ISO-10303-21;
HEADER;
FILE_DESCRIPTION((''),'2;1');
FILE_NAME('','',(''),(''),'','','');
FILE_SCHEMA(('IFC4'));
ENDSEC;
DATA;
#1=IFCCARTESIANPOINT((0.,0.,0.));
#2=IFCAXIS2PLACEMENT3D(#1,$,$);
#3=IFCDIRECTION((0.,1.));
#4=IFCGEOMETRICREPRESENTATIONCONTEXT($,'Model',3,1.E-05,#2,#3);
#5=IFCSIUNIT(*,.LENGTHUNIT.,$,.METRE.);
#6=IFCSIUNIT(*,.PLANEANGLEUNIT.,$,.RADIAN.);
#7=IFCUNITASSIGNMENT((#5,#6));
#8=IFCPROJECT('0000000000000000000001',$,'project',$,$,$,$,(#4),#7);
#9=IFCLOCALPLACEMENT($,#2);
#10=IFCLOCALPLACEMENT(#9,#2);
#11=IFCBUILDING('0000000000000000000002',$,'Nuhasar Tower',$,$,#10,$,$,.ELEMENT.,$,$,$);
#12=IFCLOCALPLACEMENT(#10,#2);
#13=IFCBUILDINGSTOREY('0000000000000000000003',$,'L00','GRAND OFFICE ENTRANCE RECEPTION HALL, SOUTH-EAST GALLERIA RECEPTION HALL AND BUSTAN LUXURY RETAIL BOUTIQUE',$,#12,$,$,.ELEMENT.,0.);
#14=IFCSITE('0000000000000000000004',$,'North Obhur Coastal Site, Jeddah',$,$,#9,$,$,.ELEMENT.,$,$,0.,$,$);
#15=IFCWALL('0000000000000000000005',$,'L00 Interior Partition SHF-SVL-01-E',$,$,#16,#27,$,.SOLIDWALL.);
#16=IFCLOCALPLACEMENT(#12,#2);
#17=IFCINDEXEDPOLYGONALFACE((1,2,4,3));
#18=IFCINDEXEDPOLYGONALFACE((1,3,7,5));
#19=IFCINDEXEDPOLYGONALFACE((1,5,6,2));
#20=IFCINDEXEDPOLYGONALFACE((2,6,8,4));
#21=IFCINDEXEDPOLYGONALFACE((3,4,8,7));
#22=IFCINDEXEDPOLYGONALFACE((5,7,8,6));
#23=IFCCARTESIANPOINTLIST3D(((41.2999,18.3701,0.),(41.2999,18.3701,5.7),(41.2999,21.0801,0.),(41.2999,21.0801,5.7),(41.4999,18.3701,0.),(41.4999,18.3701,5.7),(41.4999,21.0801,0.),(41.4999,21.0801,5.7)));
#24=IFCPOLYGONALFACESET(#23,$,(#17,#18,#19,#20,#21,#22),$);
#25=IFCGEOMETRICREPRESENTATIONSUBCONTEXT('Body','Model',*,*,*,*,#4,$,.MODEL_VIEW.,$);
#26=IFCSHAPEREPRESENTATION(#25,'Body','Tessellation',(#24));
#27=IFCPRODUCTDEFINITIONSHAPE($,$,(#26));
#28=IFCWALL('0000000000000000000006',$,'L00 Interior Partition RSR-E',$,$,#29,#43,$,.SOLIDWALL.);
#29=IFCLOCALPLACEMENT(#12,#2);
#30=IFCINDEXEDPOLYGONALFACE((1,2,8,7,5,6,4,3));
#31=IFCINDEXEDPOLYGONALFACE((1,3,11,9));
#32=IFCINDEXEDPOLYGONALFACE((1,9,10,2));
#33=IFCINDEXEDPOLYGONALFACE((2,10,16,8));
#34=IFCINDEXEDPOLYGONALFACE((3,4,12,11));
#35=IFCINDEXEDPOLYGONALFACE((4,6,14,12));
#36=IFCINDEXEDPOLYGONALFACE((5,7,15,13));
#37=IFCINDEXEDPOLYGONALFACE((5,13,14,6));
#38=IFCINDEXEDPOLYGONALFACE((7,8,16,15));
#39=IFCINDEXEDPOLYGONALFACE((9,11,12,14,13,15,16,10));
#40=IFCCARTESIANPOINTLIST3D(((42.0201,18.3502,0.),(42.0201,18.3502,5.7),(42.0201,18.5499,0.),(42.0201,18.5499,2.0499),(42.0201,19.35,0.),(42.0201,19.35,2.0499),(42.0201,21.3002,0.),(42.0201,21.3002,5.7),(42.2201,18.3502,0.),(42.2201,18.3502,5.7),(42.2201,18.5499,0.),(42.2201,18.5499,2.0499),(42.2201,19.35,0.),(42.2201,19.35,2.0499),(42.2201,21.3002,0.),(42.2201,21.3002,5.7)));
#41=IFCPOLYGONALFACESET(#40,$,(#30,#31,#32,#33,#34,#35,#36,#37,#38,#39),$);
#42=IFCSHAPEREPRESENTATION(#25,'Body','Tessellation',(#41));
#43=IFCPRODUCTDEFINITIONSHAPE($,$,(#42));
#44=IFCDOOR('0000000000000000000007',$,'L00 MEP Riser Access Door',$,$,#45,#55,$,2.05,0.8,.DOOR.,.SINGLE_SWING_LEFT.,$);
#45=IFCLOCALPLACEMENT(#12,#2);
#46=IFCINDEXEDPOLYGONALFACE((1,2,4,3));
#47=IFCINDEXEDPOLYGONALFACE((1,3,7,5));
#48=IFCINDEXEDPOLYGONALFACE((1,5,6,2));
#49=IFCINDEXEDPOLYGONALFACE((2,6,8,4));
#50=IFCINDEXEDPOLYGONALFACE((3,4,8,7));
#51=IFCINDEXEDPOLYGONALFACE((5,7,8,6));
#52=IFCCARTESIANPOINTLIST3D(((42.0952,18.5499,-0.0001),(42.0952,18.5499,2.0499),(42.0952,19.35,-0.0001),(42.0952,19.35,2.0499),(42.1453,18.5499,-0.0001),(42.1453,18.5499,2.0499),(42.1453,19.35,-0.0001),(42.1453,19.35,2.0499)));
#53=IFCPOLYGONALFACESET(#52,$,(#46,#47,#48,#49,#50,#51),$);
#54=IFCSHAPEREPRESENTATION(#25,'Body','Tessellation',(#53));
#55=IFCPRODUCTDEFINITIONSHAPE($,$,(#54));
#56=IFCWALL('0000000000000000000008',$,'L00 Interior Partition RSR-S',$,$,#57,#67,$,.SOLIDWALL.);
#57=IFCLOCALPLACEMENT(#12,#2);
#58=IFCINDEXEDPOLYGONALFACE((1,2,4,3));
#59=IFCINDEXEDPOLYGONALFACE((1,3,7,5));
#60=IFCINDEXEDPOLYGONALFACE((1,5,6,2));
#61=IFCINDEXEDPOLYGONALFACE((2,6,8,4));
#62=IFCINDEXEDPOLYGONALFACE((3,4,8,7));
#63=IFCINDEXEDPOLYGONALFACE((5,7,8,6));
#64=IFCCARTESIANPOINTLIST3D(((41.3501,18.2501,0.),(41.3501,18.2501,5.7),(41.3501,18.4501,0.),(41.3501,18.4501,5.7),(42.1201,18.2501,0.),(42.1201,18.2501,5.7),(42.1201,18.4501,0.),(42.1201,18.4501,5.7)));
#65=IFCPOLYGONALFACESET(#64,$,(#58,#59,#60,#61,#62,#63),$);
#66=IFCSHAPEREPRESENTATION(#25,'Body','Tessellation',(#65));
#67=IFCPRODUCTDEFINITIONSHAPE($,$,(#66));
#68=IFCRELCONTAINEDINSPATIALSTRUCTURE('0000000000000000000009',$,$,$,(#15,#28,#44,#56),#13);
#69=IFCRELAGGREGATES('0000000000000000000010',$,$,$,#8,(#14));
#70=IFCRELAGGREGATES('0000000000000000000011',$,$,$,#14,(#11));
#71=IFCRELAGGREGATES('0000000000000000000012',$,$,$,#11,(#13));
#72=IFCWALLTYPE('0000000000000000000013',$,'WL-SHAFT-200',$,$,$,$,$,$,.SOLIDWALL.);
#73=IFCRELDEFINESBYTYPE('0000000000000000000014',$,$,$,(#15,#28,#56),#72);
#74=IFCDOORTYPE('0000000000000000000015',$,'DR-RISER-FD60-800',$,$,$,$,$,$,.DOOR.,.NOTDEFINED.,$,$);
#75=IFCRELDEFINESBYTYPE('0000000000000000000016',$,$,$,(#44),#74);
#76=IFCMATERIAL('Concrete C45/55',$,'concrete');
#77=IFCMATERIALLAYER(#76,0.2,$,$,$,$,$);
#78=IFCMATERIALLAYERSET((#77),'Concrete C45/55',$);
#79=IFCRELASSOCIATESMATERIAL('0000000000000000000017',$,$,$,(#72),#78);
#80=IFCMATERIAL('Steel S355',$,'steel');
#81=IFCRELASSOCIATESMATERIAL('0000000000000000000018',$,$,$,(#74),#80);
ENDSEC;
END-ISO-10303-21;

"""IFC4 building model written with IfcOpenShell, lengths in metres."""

from ifc_helpers import new_model, si_unit, direction, frame, frame_2d, origin, place, context, subcontext, project, spatial, rectangle, extrude, material, layer, layer_set, type_object, element, fill, save


model = new_model("IFC4")

# Units and contexts
model_context = context("Model", 3, precision=1e-05, world=origin(), true_north=direction((0.0, 1.0)))
body_context = subcontext(model_context, "Body", "Model", "MODEL_VIEW")
ifc_project = project(units=[si_unit("LENGTHUNIT", "METRE"), si_unit("PLANEANGLEUNIT", "RADIAN")], contexts=[model_context])

# Site, building, storey
site_placement = place(None, origin())
site = spatial("IfcSite", under=ifc_project, at=site_placement, Name="North Obhur Coastal Site, Jeddah", CompositionType="ELEMENT", RefElevation=0.0)
building_placement = place(site_placement, origin())
building = spatial("IfcBuilding", under=site, at=building_placement, Name="Nuhasar Tower", CompositionType="ELEMENT")
storey_placement = place(building_placement, origin())
storey = spatial("IfcBuildingStorey", under=building, at=storey_placement, Name="L00", Description="GRAND OFFICE ENTRANCE RECEPTION HALL, SOUTH-EAST GALLERIA RECEPTION HALL AND BUSTAN LUXURY RETAIL BOUTIQUE", CompositionType="ELEMENT", Elevation=0.0)

# Shared definitions
ifc_material_1 = material(Name="Steel S355", Category="steel")

# Shared definitions
ifc_material_2 = material(Name="Concrete C45/55", Category="concrete")

# Shared definitions
ifc_layer_1 = layer(ifc_material_2, 0.2)
ifc_layer_set_1 = layer_set([ifc_layer_1], Name="Concrete C45/55")
wall_type_1 = type_object("IfcWallType", Name="WL-SHAFT-200", PredefinedType="SOLIDWALL", material=ifc_layer_set_1)

# Wall
wall_1_placement = place(storey_placement, frame((41.3999, 18.3701, 0.0), z_axis=(0.0, 0.0, 1.0), x_axis=(0.0, 1.0, 0.0)))
element("IfcWall", 1, at=wall_1_placement, inside=storey, type_object=wall_type_1, Name="L00 Interior Partition SHF-SVL-01-E", PredefinedType="SOLIDWALL", context=body_context, shape_type="SweptSolid", body=[
    extrude(rectangle(XDim=2.71, YDim=0.2, at=frame_2d((1.355, 0.0))), origin(), (0.0, 0.0, 1.0), 5.7),
])

# Wall, opening, door
wall_2_placement = place(storey_placement, frame((42.1201, 18.3501, 0.0), z_axis=(0.0, 0.0, 1.0), x_axis=(0.0, 1.0, 0.0)))
wall_2 = element("IfcWall", 2, at=wall_2_placement, inside=storey, type_object=wall_type_1, Name="L00 Interior Partition RSR-E", PredefinedType="SOLIDWALL", context=body_context, shape_type="SweptSolid", body=[
    extrude(rectangle(XDim=2.95, YDim=0.2, at=frame_2d((1.4751, 0.0))), origin(), (0.0, 0.0, 1.0), 5.7),
])
opening_1_placement = place(wall_2_placement, frame((0.2, 0.0, 0.0)))
opening_1 = element("IfcOpeningElement", 3, at=opening_1_placement, cuts=wall_2, PredefinedType="OPENING", context=body_context, shape_type="SweptSolid", body=[
    extrude(rectangle(XDim=0.8, YDim=2.05, at=frame_2d((0.3999, 1.0249))), frame((0.0, 0.1099, 0.0), z_axis=(0.0, -1.0, 0.0), x_axis=(1.0, 0.0, 0.0)), (0.0, 0.0, 1.0), 0.22),
])
door_type_1 = type_object("IfcDoorType", Name="DR-RISER-FD60-800", OperationType="NOTDEFINED", PredefinedType="DOOR", material=ifc_material_1)
door_1_placement = place(opening_1_placement, origin())
door_1 = element("IfcDoor", 4, at=door_1_placement, inside=storey, type_object=door_type_1, Name="L00 MEP Riser Access Door", OperationType="SINGLE_SWING_LEFT", OverallHeight=2.05, OverallWidth=0.8, PredefinedType="DOOR", context=body_context, shape_type="SweptSolid", body=[
    extrude(rectangle(XDim=0.8, YDim=2.05, at=frame_2d((0.3999, 1.0249))), frame((0.0, 0.0249, 0.0), z_axis=(0.0, -1.0, 0.0), x_axis=(1.0, 0.0, 0.0)), (0.0, 0.0, 1.0), 0.05),
])
fill(opening_1, door_1)

# Wall
wall_3_placement = place(storey_placement, frame((41.3501, 18.3501, 0.0), z_axis=(0.0, 0.0, 1.0), x_axis=(1.0, 0.0, 0.0)))
element("IfcWall", 5, at=wall_3_placement, inside=storey, type_object=wall_type_1, Name="L00 Interior Partition RSR-S", PredefinedType="SOLIDWALL", context=body_context, shape_type="SweptSolid", body=[
    extrude(rectangle(XDim=0.77, YDim=0.2, at=frame_2d((0.385, 0.0))), origin(), (0.0, 0.0, 1.0), 5.7),
])

save(model, "model.ifc")
